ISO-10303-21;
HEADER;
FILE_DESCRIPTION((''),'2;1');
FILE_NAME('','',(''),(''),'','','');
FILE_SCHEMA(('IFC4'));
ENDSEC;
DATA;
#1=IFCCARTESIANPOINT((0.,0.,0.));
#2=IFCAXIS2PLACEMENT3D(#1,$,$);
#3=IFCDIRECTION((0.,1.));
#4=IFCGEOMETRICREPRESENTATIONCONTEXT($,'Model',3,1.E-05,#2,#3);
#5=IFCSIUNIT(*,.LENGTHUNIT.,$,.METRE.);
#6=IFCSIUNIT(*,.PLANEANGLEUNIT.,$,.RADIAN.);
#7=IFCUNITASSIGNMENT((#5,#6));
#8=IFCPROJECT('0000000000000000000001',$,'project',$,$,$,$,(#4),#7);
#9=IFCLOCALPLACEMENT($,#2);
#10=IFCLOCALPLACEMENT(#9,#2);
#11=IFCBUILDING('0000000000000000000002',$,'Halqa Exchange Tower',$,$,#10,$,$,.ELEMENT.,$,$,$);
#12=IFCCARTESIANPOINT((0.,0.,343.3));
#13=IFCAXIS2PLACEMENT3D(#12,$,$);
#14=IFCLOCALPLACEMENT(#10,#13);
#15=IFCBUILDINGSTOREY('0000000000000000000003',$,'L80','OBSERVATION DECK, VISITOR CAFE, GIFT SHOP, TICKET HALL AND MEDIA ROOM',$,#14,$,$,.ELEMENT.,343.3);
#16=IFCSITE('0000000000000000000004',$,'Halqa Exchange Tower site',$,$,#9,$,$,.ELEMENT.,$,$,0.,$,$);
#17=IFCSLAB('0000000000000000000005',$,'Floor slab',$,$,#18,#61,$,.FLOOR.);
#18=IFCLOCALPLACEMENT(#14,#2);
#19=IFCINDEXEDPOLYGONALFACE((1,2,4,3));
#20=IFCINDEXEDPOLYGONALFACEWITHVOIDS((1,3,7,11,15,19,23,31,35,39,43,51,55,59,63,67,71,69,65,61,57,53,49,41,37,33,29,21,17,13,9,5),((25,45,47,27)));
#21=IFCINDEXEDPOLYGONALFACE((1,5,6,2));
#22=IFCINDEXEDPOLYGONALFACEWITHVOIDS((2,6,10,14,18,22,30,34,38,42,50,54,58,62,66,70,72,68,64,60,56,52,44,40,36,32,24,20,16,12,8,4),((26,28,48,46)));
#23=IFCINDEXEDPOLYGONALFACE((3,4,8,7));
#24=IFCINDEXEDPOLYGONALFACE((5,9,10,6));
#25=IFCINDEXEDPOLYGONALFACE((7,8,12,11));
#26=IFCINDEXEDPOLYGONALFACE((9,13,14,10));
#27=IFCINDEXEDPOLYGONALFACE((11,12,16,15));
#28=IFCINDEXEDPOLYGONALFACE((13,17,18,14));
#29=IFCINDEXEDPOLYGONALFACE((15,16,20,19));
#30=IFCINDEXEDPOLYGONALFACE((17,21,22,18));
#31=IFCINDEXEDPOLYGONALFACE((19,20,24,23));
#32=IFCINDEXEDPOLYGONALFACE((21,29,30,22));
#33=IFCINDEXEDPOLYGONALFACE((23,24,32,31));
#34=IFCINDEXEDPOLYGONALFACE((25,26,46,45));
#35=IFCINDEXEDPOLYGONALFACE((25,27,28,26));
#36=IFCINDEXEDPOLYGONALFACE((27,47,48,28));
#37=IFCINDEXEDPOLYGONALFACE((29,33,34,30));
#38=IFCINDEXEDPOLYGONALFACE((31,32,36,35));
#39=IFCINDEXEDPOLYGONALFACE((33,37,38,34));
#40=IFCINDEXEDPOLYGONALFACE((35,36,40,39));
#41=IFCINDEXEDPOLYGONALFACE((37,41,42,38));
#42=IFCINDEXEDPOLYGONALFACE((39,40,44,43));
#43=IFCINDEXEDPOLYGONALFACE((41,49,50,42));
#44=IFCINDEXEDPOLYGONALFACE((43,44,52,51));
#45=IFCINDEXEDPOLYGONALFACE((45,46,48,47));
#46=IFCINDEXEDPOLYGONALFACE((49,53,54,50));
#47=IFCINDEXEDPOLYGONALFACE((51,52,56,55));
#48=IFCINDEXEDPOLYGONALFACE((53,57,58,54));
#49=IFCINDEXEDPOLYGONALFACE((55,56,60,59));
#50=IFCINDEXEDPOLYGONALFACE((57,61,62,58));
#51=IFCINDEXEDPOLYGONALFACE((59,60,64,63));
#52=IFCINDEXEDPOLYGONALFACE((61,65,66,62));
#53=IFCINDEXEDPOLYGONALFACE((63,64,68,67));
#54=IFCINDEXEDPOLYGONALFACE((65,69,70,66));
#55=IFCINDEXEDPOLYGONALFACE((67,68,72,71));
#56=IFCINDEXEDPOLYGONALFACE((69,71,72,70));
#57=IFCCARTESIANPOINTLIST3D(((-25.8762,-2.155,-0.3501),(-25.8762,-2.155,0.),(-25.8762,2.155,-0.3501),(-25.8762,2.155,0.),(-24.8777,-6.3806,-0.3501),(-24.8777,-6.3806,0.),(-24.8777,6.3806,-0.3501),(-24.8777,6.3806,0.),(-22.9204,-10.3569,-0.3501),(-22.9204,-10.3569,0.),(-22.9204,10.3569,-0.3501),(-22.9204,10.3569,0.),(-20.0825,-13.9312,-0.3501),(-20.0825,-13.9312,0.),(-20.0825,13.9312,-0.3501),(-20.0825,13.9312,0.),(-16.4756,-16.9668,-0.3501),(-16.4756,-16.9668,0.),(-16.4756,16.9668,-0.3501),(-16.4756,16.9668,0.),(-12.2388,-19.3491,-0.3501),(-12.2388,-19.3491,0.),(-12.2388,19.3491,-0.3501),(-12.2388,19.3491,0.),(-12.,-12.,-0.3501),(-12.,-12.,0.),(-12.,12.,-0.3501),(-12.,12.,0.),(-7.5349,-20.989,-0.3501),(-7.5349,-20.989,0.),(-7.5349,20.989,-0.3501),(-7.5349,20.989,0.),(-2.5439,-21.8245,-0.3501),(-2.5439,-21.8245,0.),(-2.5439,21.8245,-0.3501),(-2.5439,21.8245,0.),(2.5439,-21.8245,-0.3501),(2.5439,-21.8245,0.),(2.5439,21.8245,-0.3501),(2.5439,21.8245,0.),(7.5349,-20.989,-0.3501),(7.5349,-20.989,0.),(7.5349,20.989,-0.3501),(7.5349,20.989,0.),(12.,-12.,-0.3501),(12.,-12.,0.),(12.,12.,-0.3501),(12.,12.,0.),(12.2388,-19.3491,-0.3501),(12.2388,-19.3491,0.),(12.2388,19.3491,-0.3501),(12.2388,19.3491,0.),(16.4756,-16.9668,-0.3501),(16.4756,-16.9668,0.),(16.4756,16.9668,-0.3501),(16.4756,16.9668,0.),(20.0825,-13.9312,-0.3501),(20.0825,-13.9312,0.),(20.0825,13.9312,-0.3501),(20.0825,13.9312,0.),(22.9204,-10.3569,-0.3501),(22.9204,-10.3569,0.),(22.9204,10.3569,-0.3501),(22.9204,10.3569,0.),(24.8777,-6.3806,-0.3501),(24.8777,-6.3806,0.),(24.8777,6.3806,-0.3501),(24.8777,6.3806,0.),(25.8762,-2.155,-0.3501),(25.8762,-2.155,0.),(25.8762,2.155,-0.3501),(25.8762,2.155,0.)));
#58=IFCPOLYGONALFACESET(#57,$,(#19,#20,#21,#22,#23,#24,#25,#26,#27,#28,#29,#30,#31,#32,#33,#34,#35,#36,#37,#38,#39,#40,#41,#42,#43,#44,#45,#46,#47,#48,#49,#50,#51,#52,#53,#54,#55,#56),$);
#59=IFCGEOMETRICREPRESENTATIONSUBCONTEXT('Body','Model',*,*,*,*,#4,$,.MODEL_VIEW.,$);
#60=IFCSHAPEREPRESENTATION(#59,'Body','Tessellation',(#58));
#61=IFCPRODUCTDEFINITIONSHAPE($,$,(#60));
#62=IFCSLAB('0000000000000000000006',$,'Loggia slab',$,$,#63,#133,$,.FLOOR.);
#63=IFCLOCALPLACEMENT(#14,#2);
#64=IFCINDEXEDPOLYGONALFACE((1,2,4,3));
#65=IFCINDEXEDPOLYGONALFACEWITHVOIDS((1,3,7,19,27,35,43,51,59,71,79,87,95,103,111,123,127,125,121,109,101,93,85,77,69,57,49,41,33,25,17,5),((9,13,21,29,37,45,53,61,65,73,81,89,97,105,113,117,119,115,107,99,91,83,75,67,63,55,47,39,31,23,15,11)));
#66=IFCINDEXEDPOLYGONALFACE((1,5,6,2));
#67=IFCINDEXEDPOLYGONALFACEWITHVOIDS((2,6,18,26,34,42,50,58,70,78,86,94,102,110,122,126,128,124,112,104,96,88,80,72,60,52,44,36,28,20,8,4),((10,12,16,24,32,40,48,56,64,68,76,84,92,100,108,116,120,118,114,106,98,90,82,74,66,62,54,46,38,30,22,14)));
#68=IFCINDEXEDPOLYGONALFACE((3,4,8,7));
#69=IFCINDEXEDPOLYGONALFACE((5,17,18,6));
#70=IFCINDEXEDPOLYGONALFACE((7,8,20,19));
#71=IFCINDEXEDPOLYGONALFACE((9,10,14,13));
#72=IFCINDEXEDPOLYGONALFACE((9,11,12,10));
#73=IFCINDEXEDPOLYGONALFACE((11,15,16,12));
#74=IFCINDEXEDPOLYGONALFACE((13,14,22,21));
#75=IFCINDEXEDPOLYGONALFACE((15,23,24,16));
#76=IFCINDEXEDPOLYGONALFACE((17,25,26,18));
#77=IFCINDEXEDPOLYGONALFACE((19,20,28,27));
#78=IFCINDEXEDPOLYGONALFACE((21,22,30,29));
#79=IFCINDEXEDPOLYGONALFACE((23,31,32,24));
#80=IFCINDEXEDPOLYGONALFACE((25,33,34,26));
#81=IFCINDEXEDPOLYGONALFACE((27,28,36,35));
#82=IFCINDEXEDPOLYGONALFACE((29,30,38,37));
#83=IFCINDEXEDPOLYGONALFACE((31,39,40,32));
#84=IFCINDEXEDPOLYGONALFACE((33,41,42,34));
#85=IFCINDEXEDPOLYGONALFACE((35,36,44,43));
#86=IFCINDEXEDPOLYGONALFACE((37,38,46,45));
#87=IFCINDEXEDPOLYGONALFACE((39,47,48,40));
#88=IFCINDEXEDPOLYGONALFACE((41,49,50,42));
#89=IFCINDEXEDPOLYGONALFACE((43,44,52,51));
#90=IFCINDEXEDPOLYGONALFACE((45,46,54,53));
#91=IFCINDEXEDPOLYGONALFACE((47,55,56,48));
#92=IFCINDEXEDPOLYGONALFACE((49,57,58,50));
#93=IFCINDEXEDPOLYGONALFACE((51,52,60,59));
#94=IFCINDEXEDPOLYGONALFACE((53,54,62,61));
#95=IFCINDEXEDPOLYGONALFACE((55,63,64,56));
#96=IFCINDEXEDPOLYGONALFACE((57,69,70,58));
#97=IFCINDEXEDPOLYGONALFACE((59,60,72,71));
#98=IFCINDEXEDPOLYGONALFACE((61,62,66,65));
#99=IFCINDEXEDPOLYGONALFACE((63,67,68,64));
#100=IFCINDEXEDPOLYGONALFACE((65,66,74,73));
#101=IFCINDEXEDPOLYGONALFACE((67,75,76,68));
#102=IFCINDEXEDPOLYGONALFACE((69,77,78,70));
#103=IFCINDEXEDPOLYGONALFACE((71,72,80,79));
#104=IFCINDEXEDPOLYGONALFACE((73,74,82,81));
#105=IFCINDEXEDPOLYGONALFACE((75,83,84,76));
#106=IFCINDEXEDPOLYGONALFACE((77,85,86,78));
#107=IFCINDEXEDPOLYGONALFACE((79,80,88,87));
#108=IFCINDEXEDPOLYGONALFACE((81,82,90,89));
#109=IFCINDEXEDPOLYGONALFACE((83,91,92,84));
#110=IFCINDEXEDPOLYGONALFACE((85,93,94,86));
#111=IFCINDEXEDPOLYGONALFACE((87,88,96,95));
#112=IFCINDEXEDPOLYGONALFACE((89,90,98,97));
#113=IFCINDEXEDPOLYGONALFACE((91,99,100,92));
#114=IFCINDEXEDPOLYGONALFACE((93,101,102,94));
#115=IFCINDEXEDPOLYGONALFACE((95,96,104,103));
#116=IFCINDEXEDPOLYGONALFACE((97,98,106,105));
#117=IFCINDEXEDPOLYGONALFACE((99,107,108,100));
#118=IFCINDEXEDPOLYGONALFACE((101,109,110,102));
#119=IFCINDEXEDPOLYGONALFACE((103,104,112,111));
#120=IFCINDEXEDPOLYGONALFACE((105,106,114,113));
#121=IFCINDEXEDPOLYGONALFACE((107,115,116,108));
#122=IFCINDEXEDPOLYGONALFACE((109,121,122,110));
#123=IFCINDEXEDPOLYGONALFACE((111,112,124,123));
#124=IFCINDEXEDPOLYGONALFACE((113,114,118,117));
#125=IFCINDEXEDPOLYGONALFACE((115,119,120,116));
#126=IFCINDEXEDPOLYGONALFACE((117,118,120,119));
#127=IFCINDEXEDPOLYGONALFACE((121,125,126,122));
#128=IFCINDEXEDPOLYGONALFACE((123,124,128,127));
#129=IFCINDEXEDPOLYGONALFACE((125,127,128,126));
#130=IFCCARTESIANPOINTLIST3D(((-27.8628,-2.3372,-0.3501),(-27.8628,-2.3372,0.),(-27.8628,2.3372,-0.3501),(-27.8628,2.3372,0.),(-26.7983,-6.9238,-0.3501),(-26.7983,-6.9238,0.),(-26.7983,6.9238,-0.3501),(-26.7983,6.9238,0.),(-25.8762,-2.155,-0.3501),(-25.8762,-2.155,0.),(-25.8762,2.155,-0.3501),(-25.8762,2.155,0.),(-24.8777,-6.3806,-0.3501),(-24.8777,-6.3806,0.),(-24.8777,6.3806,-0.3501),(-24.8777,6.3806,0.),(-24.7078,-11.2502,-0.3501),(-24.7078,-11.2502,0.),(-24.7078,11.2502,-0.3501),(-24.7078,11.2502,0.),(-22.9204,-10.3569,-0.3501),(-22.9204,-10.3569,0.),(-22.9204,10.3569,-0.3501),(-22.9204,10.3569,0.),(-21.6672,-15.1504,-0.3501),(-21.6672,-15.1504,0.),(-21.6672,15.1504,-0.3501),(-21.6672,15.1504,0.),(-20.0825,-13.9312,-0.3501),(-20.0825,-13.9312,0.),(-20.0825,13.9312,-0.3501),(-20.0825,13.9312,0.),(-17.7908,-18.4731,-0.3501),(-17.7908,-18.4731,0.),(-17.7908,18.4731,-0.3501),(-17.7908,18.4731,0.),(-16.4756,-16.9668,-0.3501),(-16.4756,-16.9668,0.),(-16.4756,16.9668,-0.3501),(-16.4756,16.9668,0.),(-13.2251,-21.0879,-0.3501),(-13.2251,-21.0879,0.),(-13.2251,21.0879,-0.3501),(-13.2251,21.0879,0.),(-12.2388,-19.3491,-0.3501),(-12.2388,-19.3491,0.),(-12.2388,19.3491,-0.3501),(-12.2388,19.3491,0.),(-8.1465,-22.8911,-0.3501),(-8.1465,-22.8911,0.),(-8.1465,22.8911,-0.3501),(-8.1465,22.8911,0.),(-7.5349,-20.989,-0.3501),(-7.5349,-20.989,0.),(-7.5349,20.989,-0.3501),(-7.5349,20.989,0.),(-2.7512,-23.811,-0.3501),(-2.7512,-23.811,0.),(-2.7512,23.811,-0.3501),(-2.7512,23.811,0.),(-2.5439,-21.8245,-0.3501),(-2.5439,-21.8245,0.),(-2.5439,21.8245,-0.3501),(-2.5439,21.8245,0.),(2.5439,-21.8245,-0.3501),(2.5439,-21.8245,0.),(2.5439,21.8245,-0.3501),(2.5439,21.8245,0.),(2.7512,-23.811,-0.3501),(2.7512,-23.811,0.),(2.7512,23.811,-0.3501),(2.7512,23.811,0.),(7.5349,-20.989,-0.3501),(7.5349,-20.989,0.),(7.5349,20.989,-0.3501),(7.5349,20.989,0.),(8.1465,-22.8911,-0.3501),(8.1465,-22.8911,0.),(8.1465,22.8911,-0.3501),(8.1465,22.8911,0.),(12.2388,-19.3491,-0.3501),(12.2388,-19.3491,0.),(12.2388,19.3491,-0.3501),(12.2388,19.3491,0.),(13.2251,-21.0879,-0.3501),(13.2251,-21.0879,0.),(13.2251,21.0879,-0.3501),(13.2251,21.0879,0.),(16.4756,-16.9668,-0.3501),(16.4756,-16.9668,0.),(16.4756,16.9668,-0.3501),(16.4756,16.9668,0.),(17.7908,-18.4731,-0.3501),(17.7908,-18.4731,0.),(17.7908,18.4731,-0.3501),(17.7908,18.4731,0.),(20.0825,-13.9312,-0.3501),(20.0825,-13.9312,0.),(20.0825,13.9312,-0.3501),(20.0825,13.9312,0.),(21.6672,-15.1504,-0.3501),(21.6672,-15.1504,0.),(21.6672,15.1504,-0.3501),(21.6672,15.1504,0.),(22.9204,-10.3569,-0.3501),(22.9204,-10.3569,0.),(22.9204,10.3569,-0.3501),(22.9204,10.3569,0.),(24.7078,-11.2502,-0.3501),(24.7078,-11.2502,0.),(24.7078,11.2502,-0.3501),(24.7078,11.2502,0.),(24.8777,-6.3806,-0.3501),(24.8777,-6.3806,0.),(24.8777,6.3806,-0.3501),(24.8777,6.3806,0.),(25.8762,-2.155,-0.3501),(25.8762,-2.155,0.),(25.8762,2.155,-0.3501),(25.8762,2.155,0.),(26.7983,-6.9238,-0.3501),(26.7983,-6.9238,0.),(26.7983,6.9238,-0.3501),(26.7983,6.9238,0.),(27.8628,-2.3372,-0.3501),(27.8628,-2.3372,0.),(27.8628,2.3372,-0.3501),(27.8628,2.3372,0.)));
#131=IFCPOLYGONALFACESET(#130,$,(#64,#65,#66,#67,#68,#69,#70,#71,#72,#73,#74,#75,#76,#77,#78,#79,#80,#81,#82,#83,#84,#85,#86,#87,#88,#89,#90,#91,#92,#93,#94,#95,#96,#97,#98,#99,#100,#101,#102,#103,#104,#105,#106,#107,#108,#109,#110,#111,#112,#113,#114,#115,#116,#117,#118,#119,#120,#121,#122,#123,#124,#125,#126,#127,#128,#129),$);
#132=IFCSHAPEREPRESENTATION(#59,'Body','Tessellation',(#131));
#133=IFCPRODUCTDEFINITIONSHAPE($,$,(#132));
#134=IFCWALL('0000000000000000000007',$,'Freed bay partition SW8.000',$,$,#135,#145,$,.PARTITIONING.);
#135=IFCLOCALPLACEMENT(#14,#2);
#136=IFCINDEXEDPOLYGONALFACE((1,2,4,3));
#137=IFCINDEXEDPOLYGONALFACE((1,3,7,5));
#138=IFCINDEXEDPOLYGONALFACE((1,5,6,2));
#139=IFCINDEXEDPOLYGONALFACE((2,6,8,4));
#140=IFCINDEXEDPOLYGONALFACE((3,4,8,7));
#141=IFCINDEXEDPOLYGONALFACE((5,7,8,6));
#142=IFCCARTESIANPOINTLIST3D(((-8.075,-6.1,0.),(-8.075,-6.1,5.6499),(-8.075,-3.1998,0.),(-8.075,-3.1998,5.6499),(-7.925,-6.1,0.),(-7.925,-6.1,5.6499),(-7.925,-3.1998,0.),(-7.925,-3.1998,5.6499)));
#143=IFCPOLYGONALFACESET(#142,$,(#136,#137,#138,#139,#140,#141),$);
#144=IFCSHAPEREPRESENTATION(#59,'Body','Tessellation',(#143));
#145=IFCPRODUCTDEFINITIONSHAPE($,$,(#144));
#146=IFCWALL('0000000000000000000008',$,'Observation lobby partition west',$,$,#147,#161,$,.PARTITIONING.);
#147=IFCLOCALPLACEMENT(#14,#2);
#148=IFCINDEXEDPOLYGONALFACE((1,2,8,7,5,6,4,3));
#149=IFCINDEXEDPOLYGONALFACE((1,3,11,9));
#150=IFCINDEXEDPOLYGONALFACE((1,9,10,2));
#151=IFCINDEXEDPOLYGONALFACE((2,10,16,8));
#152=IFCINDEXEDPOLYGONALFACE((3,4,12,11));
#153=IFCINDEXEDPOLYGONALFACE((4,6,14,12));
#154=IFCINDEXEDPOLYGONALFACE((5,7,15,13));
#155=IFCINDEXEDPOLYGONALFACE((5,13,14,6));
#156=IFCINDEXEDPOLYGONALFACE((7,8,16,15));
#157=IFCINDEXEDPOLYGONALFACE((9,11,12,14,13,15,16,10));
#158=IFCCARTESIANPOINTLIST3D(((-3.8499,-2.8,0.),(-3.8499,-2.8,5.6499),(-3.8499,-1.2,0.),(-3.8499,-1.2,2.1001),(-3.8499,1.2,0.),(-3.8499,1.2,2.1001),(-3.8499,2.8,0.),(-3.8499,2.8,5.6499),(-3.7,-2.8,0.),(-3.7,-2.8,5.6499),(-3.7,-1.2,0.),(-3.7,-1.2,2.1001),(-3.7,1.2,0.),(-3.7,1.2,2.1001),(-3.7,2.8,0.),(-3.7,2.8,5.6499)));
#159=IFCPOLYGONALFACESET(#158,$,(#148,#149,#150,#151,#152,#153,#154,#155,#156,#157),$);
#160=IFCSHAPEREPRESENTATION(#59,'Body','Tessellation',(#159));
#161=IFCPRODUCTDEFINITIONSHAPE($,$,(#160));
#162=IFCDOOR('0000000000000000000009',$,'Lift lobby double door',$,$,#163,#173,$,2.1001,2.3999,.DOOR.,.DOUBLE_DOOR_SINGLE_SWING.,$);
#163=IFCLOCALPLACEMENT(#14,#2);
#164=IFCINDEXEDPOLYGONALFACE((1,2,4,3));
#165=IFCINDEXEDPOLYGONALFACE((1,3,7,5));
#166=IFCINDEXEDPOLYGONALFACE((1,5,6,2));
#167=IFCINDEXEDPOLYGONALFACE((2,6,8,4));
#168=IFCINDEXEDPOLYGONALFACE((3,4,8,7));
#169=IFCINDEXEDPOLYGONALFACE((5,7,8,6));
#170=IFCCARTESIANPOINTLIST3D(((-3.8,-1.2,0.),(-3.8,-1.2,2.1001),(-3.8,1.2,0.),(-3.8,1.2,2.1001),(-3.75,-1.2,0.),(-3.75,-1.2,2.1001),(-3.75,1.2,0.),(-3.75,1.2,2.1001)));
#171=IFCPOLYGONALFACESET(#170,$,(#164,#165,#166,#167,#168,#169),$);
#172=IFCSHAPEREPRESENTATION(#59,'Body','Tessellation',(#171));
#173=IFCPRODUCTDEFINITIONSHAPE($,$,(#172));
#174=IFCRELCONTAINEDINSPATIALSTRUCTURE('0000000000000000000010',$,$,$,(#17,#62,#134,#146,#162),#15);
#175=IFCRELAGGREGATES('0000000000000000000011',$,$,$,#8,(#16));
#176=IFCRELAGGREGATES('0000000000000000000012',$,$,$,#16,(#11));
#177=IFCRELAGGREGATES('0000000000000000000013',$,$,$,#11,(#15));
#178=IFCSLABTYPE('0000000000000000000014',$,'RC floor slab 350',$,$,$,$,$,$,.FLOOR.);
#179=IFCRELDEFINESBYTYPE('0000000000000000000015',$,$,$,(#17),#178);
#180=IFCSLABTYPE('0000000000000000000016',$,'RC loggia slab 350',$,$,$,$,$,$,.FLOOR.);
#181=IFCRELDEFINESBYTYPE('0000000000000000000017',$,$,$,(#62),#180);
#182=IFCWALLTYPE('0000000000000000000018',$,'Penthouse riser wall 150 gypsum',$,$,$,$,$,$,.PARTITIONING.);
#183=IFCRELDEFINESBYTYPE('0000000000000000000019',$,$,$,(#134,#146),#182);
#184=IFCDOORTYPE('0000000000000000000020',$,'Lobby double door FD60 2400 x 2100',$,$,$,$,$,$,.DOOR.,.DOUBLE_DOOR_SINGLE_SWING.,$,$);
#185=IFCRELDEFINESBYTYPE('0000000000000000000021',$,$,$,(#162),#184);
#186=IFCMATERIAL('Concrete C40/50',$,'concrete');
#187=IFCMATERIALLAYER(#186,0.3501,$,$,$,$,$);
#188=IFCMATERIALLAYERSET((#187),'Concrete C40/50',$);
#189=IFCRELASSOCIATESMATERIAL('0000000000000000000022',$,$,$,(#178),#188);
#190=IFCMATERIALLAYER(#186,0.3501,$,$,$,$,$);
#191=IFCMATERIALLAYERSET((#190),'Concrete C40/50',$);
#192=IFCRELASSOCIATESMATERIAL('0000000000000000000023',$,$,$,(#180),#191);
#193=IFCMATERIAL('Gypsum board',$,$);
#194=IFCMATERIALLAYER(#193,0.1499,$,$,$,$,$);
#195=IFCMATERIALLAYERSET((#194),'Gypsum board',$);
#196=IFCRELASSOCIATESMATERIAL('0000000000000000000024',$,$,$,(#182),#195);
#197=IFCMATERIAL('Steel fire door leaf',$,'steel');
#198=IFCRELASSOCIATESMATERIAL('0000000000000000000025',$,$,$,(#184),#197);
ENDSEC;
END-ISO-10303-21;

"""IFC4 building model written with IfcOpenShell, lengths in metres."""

from ifc_helpers import new_model, si_unit, direction, frame, frame_2d, origin, place, context, subcontext, project, spatial, polyline, rectangle, outline, extrude, material, layer, layer_set, type_object, element, fill, save


model = new_model("IFC4")

# Units and contexts
model_context = context("Model", 3, precision=1e-05, world=origin(), true_north=direction((0.0, 1.0)))
body_context = subcontext(model_context, "Body", "Model", "MODEL_VIEW")
ifc_project = project(units=[si_unit("LENGTHUNIT", "METRE"), si_unit("PLANEANGLEUNIT", "RADIAN")], contexts=[model_context])

# Site, building, storey
site_placement = place(None, origin())
site = spatial("IfcSite", under=ifc_project, at=site_placement, Name="Halqa Exchange Tower site", CompositionType="ELEMENT", RefElevation=0.0)
building_placement = place(site_placement, origin())
building = spatial("IfcBuilding", under=site, at=building_placement, Name="Halqa Exchange Tower", CompositionType="ELEMENT")
storey_placement = place(building_placement, frame((0.0, 0.0, 343.3)))
storey = spatial("IfcBuildingStorey", under=building, at=storey_placement, Name="L80", Description="OBSERVATION DECK, VISITOR CAFE, GIFT SHOP, TICKET HALL AND MEDIA ROOM", CompositionType="ELEMENT", Elevation=343.3)

# Slabs
ifc_material_1 = material(Name="Concrete C40/50", Category="concrete")
ifc_layer_1 = layer(ifc_material_1, 0.3501)
ifc_layer_set_1 = layer_set([ifc_layer_1], Name="Concrete C40/50")
slab_type_1 = type_object("IfcSlabType", Name="RC floor slab 350", PredefinedType="FLOOR", material=ifc_layer_set_1)
slab_1_placement = place(storey_placement, frame((0.0, 0.0, -0.3501)))
element("IfcSlab", 1, at=slab_1_placement, inside=storey, type_object=slab_type_1, Name="Floor slab", PredefinedType="FLOOR", context=body_context, shape_type="SweptSolid", body=[
    extrude(outline(polyline([(25.8762, 2.155), (24.8777, 6.3806), (22.9204, 10.3569), (20.0825, 13.9312), (16.4756, 16.9668), (12.2388, 19.3491), (7.5349, 20.989), (2.5439, 21.8245), (-2.5439, 21.8245), (-7.5349, 20.989), (-12.2388, 19.3491), (-16.4756, 16.9668), (-20.0825, 13.9312), (-22.9204, 10.3569), (-24.8777, 6.3806), (-25.8762, 2.155), (-25.8762, -2.155), (-24.8777, -6.3806), (-22.9204, -10.3569), (-20.0825, -13.9312), (-16.4756, -16.9668), (-12.2388, -19.3491), (-7.5349, -20.989), (-2.5439, -21.8245), (2.5439, -21.8245), (7.5349, -20.989), (12.2388, -19.3491), (16.4756, -16.9668), (20.0825, -13.9312), (22.9204, -10.3569), (24.8777, -6.3806), (25.8762, -2.155), (25.8762, 2.155)]), holes=[polyline([(-12.0, -12.0), (12.0, -12.0), (12.0, 12.0), (-12.0, 12.0), (-12.0, -12.0)])]), origin(), (0.0, 0.0, 1.0), 0.3501),
])
ifc_layer_2 = layer(ifc_material_1, 0.3501)
ifc_layer_set_2 = layer_set([ifc_layer_2], Name="Concrete C40/50")
slab_type_2 = type_object("IfcSlabType", Name="RC loggia slab 350", PredefinedType="FLOOR", material=ifc_layer_set_2)
slab_2_placement = place(storey_placement, frame((0.0, 0.0, -0.3501)))
element("IfcSlab", 2, at=slab_2_placement, inside=storey, type_object=slab_type_2, Name="Loggia slab", PredefinedType="FLOOR", context=body_context, shape_type="SweptSolid", body=[
    extrude(outline(polyline([(27.8628, 2.3372), (27.8628, -2.3372), (26.7983, -6.9238), (24.7078, -11.2502), (21.6672, -15.1504), (17.7908, -18.4731), (13.2251, -21.0879), (8.1465, -22.8911), (2.7512, -23.811), (-2.7512, -23.811), (-8.1465, -22.8911), (-13.2251, -21.0879), (-17.7908, -18.4731), (-21.6672, -15.1504), (-24.7078, -11.2502), (-26.7983, -6.9238), (-27.8628, -2.3372), (-27.8628, 2.3372), (-26.7983, 6.9238), (-24.7078, 11.2502), (-21.6672, 15.1504), (-17.7908, 18.4731), (-13.2251, 21.0879), (-8.1465, 22.8911), (-2.7512, 23.811), (2.7512, 23.811), (8.1465, 22.8911), (13.2251, 21.0879), (17.7908, 18.4731), (21.6672, 15.1504), (24.7078, 11.2502), (26.7983, 6.9238), (27.8628, 2.3372)]), holes=[polyline([(25.8762, 2.155), (24.8777, 6.3806), (22.9204, 10.3569), (20.0825, 13.9312), (16.4756, 16.9668), (12.2388, 19.3491), (7.5349, 20.989), (2.5439, 21.8245), (-2.5439, 21.8245), (-7.5349, 20.989), (-12.2388, 19.3491), (-16.4756, 16.9668), (-20.0825, 13.9312), (-22.9204, 10.3569), (-24.8777, 6.3806), (-25.8762, 2.155), (-25.8762, -2.155), (-24.8777, -6.3806), (-22.9204, -10.3569), (-20.0825, -13.9312), (-16.4756, -16.9668), (-12.2388, -19.3491), (-7.5349, -20.989), (-2.5439, -21.8245), (2.5439, -21.8245), (7.5349, -20.989), (12.2388, -19.3491), (16.4756, -16.9668), (20.0825, -13.9312), (22.9204, -10.3569), (24.8777, -6.3806), (25.8762, -2.155), (25.8762, 2.155)])]), origin(), (0.0, 0.0, 1.0), 0.3501),
])

# Wall
ifc_material_2 = material(Name="Gypsum board")
ifc_layer_3 = layer(ifc_material_2, 0.1499)
ifc_layer_set_3 = layer_set([ifc_layer_3], Name="Gypsum board")
wall_type_1 = type_object("IfcWallType", Name="Penthouse riser wall 150 gypsum", PredefinedType="PARTITIONING", material=ifc_layer_set_3)
wall_1_placement = place(storey_placement, frame((-8.0, -6.1001, 0.0), z_axis=(0.0, 0.0, 1.0), x_axis=(0.0, 1.0, 0.0)))
element("IfcWall", 3, at=wall_1_placement, inside=storey, type_object=wall_type_1, Name="Freed bay partition SW8.000", PredefinedType="PARTITIONING", context=body_context, shape_type="SweptSolid", body=[
    extrude(rectangle(XDim=2.9001, YDim=0.1499, at=frame_2d((1.4502, 0.0))), origin(), (0.0, 0.0, 1.0), 5.6499),
])

# Wall, opening, door
wall_2_placement = place(storey_placement, frame((-3.7749, -2.8, 0.0), z_axis=(0.0, 0.0, 1.0), x_axis=(0.0, 1.0, 0.0)))
wall_2 = element("IfcWall", 4, at=wall_2_placement, inside=storey, type_object=wall_type_1, Name="Observation lobby partition west", PredefinedType="PARTITIONING", context=body_context, shape_type="SweptSolid", body=[
    extrude(rectangle(XDim=5.6001, YDim=0.1499, at=frame_2d((2.8, 0.0))), origin(), (0.0, 0.0, 1.0), 5.6499),
])
opening_1_placement = place(wall_2_placement, frame((1.6001, 0.0, 0.0)))
opening_1 = element("IfcOpeningElement", 5, at=opening_1_placement, cuts=wall_2, PredefinedType="OPENING", context=body_context, shape_type="SweptSolid", body=[
    extrude(rectangle(XDim=2.3999, YDim=2.1001, at=frame_2d((1.2, 1.05))), frame((0.0, 0.0869, 0.0), z_axis=(0.0, -1.0, 0.0), x_axis=(1.0, 0.0, 0.0)), (0.0, 0.0, 1.0), 0.1738),
])
ifc_material_3 = material(Name="Steel fire door leaf", Category="steel")
door_type_1 = type_object("IfcDoorType", Name="Lobby double door FD60 2400 x 2100", OperationType="DOUBLE_DOOR_SINGLE_SWING", PredefinedType="DOOR", material=ifc_material_3)
door_1_placement = place(opening_1_placement, frame((2.3999, 0.0, 0.0), z_axis=(0.0, 0.0, 1.0), x_axis=(-1.0, 0.0, 0.0)))
door_1 = element("IfcDoor", 6, at=door_1_placement, inside=storey, type_object=door_type_1, Name="Lift lobby double door", OperationType="DOUBLE_DOOR_SINGLE_SWING", OverallHeight=2.1001, OverallWidth=2.3999, PredefinedType="DOOR", context=body_context, shape_type="SweptSolid", body=[
    extrude(rectangle(XDim=2.3999, YDim=2.1001, at=frame_2d((1.2, 1.05))), frame((0.0, 0.0249, 0.0), z_axis=(0.0, -1.0, 0.0), x_axis=(1.0, 0.0, 0.0)), (0.0, 0.0, 1.0), 0.05),
])
fill(opening_1, door_1)

save(model, "model.ifc")
